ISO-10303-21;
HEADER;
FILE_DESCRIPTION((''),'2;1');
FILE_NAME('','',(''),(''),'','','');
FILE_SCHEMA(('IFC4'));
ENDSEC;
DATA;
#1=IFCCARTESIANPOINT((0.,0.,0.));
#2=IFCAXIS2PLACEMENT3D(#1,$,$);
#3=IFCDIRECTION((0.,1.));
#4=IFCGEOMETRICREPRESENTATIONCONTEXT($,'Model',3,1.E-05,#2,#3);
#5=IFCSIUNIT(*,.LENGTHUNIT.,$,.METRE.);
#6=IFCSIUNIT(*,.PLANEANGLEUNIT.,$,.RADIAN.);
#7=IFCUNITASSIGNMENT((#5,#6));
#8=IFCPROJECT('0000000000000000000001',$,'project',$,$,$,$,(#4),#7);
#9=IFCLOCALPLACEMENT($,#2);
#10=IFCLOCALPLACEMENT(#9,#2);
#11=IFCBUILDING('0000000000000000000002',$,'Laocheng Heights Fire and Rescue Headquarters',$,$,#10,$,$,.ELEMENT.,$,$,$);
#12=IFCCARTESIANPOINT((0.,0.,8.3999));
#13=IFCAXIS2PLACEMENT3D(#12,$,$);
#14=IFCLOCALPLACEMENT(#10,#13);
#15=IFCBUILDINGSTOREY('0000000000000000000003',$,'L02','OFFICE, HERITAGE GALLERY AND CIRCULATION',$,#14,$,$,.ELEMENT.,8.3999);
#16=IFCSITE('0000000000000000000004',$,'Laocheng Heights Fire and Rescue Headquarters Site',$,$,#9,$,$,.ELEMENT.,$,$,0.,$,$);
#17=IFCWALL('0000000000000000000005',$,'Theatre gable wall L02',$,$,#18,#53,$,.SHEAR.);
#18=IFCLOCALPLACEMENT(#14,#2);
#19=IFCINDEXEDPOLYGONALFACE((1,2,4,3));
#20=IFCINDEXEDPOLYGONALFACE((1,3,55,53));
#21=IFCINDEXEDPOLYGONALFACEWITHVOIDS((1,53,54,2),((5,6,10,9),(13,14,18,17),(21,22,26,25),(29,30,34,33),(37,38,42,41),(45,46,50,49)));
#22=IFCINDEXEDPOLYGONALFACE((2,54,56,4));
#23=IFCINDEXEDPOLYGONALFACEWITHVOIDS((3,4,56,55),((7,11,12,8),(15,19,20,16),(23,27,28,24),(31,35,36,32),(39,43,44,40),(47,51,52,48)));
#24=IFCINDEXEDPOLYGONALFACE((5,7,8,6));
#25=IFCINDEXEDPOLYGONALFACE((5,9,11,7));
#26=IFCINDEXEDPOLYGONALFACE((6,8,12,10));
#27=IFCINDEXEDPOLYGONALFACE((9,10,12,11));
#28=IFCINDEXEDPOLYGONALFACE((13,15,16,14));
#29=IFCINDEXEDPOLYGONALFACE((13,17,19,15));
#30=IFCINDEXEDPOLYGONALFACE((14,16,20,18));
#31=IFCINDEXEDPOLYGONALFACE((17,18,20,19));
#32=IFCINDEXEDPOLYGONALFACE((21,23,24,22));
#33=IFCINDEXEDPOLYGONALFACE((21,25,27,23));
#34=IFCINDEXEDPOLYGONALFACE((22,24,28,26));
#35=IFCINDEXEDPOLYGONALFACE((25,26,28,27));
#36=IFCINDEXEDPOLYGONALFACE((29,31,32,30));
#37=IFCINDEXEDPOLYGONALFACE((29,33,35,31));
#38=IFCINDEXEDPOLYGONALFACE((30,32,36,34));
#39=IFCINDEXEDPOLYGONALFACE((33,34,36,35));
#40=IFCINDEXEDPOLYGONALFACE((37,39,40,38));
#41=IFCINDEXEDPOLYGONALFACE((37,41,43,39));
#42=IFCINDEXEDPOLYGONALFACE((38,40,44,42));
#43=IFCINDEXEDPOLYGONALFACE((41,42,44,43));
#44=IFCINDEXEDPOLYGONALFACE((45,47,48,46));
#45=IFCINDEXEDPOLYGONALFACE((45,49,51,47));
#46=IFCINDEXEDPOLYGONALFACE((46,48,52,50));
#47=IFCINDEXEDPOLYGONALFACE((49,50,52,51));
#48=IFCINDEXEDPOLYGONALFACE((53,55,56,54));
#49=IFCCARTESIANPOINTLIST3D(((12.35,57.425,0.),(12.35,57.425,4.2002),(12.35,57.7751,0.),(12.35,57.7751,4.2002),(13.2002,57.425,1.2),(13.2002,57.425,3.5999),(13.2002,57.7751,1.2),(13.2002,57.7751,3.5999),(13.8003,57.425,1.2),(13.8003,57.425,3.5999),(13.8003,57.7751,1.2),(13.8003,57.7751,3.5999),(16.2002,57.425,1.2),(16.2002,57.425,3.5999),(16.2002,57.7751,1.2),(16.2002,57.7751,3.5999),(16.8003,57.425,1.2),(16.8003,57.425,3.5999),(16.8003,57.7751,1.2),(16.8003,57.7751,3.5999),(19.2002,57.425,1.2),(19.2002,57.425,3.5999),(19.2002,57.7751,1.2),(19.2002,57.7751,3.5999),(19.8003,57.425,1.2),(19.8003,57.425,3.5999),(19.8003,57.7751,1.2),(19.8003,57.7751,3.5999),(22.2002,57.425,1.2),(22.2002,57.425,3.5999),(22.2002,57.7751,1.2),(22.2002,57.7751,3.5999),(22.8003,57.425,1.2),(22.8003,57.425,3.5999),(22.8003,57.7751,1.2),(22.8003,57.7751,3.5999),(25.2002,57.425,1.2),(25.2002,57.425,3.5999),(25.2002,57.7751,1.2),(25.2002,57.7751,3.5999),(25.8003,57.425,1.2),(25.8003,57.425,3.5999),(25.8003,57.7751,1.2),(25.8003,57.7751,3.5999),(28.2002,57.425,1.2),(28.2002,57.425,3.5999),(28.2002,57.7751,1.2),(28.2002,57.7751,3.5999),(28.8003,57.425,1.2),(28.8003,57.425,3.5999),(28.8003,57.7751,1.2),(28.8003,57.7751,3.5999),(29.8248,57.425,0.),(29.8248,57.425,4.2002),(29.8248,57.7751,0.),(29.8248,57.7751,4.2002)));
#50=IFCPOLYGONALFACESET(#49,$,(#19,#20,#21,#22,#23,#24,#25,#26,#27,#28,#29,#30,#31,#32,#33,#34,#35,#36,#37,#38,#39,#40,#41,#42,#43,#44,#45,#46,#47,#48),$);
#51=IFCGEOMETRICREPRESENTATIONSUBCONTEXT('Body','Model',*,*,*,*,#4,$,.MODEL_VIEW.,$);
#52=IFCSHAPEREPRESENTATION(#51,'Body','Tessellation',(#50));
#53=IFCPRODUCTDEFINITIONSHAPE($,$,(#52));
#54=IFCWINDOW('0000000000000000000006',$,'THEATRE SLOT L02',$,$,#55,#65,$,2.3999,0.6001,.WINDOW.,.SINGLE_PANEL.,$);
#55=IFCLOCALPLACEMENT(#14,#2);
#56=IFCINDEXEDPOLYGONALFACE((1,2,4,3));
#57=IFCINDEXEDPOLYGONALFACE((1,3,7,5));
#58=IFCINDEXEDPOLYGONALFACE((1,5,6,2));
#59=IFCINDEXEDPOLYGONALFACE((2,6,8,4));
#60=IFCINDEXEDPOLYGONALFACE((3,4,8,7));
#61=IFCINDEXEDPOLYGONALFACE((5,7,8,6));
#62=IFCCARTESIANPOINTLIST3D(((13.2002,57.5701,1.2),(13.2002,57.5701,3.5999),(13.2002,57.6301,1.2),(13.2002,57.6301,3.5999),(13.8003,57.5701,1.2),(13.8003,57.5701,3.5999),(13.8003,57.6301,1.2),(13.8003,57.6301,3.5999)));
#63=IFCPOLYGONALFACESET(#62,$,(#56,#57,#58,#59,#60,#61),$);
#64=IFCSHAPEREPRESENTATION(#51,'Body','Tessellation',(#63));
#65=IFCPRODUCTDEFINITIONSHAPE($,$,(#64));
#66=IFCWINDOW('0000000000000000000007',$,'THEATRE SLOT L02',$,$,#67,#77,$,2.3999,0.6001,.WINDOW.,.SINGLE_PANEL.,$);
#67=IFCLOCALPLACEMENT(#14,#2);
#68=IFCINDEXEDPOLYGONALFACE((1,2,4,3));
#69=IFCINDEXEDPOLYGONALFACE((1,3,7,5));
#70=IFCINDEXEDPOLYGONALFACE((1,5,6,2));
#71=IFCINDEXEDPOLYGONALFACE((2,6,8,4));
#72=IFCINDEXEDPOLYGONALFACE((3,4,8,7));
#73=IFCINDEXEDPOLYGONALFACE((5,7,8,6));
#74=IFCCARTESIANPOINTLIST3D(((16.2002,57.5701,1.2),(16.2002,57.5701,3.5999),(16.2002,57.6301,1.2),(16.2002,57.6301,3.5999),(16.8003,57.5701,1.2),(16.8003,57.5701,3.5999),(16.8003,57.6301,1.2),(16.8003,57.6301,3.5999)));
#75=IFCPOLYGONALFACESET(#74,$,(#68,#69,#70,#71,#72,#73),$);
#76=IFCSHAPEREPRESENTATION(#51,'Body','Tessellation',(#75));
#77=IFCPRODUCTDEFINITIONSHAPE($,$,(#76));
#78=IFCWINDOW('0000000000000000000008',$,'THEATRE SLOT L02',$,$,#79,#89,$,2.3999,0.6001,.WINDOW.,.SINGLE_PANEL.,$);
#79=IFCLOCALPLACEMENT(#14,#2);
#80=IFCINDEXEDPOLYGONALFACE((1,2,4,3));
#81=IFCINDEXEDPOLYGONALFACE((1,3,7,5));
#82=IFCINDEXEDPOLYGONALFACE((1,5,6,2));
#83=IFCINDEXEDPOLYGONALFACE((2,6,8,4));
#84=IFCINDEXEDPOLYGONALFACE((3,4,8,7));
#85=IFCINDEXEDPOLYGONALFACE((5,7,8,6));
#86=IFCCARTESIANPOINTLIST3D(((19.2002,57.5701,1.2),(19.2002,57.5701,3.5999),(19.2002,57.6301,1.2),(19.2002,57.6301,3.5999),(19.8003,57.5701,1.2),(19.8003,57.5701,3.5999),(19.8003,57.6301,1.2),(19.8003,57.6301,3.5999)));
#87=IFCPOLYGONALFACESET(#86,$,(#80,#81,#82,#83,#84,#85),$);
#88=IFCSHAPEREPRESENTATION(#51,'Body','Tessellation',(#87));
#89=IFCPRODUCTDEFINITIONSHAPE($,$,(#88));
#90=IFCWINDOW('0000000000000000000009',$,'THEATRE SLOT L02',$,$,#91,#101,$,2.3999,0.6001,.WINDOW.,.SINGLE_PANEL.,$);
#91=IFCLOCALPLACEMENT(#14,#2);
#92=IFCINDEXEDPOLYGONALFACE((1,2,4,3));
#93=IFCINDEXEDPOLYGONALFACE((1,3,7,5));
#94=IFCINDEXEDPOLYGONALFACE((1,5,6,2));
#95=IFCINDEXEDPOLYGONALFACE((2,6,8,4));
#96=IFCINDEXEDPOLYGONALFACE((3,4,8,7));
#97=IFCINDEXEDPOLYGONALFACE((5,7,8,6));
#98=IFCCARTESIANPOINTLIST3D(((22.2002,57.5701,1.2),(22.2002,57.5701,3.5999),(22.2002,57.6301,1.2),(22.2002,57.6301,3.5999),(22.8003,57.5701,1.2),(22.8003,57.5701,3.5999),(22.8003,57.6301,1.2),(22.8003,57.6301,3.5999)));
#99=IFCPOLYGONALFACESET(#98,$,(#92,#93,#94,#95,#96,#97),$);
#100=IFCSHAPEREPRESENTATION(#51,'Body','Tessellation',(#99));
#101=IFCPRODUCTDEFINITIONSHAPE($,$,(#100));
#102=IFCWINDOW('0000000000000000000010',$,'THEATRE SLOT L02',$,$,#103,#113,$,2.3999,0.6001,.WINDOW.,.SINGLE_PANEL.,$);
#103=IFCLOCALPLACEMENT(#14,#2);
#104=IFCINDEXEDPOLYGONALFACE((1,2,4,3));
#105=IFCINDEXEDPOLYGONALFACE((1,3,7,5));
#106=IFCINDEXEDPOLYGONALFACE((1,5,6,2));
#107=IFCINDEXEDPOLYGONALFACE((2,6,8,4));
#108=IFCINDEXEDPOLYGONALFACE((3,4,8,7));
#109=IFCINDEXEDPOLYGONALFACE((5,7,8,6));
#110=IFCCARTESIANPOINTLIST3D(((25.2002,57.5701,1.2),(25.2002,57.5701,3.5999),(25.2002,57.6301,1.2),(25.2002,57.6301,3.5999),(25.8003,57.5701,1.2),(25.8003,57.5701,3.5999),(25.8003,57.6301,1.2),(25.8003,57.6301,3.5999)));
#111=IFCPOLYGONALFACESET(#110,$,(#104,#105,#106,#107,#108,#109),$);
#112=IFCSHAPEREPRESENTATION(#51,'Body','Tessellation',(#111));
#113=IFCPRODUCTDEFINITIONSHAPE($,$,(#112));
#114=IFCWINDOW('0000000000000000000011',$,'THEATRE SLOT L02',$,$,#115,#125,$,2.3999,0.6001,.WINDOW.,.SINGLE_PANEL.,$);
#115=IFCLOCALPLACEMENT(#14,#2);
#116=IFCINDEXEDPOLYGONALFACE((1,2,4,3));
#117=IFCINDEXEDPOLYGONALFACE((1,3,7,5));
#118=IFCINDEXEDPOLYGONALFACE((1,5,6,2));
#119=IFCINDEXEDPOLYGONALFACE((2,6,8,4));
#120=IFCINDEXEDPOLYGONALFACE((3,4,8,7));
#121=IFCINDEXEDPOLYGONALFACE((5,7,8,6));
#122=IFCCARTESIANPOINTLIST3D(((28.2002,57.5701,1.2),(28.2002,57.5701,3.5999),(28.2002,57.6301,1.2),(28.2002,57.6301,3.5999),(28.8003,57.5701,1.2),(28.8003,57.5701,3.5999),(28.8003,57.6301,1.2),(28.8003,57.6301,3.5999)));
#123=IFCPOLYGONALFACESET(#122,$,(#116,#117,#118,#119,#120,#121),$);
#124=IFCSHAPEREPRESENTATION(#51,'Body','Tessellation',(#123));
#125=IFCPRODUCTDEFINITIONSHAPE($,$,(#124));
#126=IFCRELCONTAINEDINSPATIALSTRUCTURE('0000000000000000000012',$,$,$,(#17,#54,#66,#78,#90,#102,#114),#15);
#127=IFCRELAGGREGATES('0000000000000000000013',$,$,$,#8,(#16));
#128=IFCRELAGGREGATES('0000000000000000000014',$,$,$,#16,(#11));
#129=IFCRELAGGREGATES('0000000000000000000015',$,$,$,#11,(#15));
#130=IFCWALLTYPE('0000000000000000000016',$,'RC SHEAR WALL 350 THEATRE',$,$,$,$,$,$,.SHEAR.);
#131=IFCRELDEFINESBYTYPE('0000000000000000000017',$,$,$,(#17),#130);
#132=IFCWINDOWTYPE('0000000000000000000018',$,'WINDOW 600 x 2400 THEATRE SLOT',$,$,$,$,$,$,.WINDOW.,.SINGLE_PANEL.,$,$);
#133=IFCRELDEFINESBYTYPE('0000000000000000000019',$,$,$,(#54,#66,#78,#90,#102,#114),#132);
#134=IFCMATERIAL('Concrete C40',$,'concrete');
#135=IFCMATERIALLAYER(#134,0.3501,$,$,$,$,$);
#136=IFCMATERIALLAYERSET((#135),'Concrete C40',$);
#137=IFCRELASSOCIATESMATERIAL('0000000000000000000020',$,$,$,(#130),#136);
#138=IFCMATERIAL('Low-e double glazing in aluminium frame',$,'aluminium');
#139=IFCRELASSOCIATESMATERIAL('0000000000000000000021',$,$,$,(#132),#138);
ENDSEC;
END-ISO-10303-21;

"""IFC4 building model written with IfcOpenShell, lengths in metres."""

from ifc_helpers import new_model, si_unit, direction, frame, frame_2d, origin, place, context, subcontext, project, spatial, rectangle, extrude, material, layer, layer_set, type_object, element, fill, save


model = new_model("IFC4")

# Units and contexts
model_context = context("Model", 3, precision=1e-05, world=origin(), true_north=direction((0.0, 1.0)))
body_context = subcontext(model_context, "Body", "Model", "MODEL_VIEW")
ifc_project = project(units=[si_unit("LENGTHUNIT", "METRE"), si_unit("PLANEANGLEUNIT", "RADIAN")], contexts=[model_context])

# Site, building, storey
site_placement = place(None, origin())
site = spatial("IfcSite", under=ifc_project, at=site_placement, Name="Laocheng Heights Fire and Rescue Headquarters Site", CompositionType="ELEMENT", RefElevation=0.0)
building_placement = place(site_placement, origin())
building = spatial("IfcBuilding", under=site, at=building_placement, Name="Laocheng Heights Fire and Rescue Headquarters", CompositionType="ELEMENT")
storey_placement = place(building_placement, frame((0.0, 0.0, 8.3999)))
storey = spatial("IfcBuildingStorey", under=building, at=storey_placement, Name="L02", Description="OFFICE, HERITAGE GALLERY AND CIRCULATION", CompositionType="ELEMENT", Elevation=8.3999)

# Shared definitions
ifc_material_1 = material(Name="Concrete C40", Category="concrete")
ifc_layer_1 = layer(ifc_material_1, 0.3501)
ifc_layer_set_1 = layer_set([ifc_layer_1], Name="Concrete C40")
wall_type_1 = type_object("IfcWallType", Name="RC SHEAR WALL 350 THEATRE", PredefinedType="SHEAR", material=ifc_layer_set_1)

# Wall, openings, windows
wall_1_placement = place(storey_placement, frame((12.3501, 57.6001, 0.0), z_axis=(0.0, 0.0, 1.0), x_axis=(1.0, 0.0, 0.0)))
wall_1 = element("IfcWall", 1, at=wall_1_placement, inside=storey, type_object=wall_type_1, Name="Theatre gable wall L02", PredefinedType="SHEAR", context=body_context, shape_type="SweptSolid", body=[
    extrude(rectangle(XDim=17.4749, YDim=0.3501, at=frame_2d((8.7373, 0.0))), origin(), (0.0, 0.0, 1.0), 4.2002),
])
opening_1_placement = place(wall_1_placement, frame((0.8501, 0.0, 1.2)))
opening_1 = element("IfcOpeningElement", 2, at=opening_1_placement, cuts=wall_1, PredefinedType="OPENING", context=body_context, shape_type="SweptSolid", body=[
    extrude(rectangle(XDim=0.6001, YDim=2.3999, at=frame_2d((0.3, 1.2))), frame((0.0, 0.1851, 0.0), z_axis=(0.0, -1.0, 0.0), x_axis=(1.0, 0.0, 0.0)), (0.0, 0.0, 1.0), 0.3701),
])
opening_2_placement = place(wall_1_placement, frame((3.8501, 0.0, 1.2)))
opening_2 = element("IfcOpeningElement", 3, at=opening_2_placement, cuts=wall_1, PredefinedType="OPENING", context=body_context, shape_type="SweptSolid", body=[
    extrude(rectangle(XDim=0.6001, YDim=2.3999, at=frame_2d((0.3, 1.2))), frame((0.0, 0.1851, 0.0), z_axis=(0.0, -1.0, 0.0), x_axis=(1.0, 0.0, 0.0)), (0.0, 0.0, 1.0), 0.3701),
])
opening_3_placement = place(wall_1_placement, frame((6.8501, 0.0, 1.2)))
opening_3 = element("IfcOpeningElement", 4, at=opening_3_placement, cuts=wall_1, PredefinedType="OPENING", context=body_context, shape_type="SweptSolid", body=[
    extrude(rectangle(XDim=0.6001, YDim=2.3999, at=frame_2d((0.3, 1.2))), frame((0.0, 0.1851, 0.0), z_axis=(0.0, -1.0, 0.0), x_axis=(1.0, 0.0, 0.0)), (0.0, 0.0, 1.0), 0.3701),
])
opening_4_placement = place(wall_1_placement, frame((9.8501, 0.0, 1.2)))
opening_4 = element("IfcOpeningElement", 5, at=opening_4_placement, cuts=wall_1, PredefinedType="OPENING", context=body_context, shape_type="SweptSolid", body=[
    extrude(rectangle(XDim=0.6001, YDim=2.3999, at=frame_2d((0.3, 1.2))), frame((0.0, 0.1851, 0.0), z_axis=(0.0, -1.0, 0.0), x_axis=(1.0, 0.0, 0.0)), (0.0, 0.0, 1.0), 0.3701),
])
opening_5_placement = place(wall_1_placement, frame((12.8501, 0.0, 1.2)))
opening_5 = element("IfcOpeningElement", 6, at=opening_5_placement, cuts=wall_1, PredefinedType="OPENING", context=body_context, shape_type="SweptSolid", body=[
    extrude(rectangle(XDim=0.6001, YDim=2.3999, at=frame_2d((0.3, 1.2))), frame((0.0, 0.1851, 0.0), z_axis=(0.0, -1.0, 0.0), x_axis=(1.0, 0.0, 0.0)), (0.0, 0.0, 1.0), 0.3701),
])
opening_6_placement = place(wall_1_placement, frame((15.8501, 0.0, 1.2)))
opening_6 = element("IfcOpeningElement", 7, at=opening_6_placement, cuts=wall_1, PredefinedType="OPENING", context=body_context, shape_type="SweptSolid", body=[
    extrude(rectangle(XDim=0.6001, YDim=2.3999, at=frame_2d((0.3, 1.2))), frame((0.0, 0.1851, 0.0), z_axis=(0.0, -1.0, 0.0), x_axis=(1.0, 0.0, 0.0)), (0.0, 0.0, 1.0), 0.3701),
])
ifc_material_2 = material(Name="Low-e double glazing in aluminium frame", Category="aluminium")
window_type_1 = type_object("IfcWindowType", Name="WINDOW 600 x 2400 THEATRE SLOT", PartitioningType="SINGLE_PANEL", PredefinedType="WINDOW", material=ifc_material_2)
window_1_placement = place(opening_1_placement, origin())
window_1 = element("IfcWindow", 8, at=window_1_placement, inside=storey, type_object=window_type_1, Name="THEATRE SLOT L02", OverallHeight=2.3999, OverallWidth=0.6001, PartitioningType="SINGLE_PANEL", PredefinedType="WINDOW", context=body_context, shape_type="SweptSolid", body=[
    extrude(rectangle(XDim=0.6001, YDim=2.3999, at=frame_2d((0.3, 1.2))), frame((0.0, 0.03, 0.0), z_axis=(0.0, -1.0, 0.0), x_axis=(1.0, 0.0, 0.0)), (0.0, 0.0, 1.0), 0.0601),
])
fill(opening_1, window_1)
window_2_placement = place(opening_2_placement, origin())
window_2 = element("IfcWindow", 9, at=window_2_placement, inside=storey, type_object=window_type_1, Name="THEATRE SLOT L02", OverallHeight=2.3999, OverallWidth=0.6001, PartitioningType="SINGLE_PANEL", PredefinedType="WINDOW", context=body_context, shape_type="SweptSolid", body=[
    extrude(rectangle(XDim=0.6001, YDim=2.3999, at=frame_2d((0.3, 1.2))), frame((0.0, 0.03, 0.0), z_axis=(0.0, -1.0, 0.0), x_axis=(1.0, 0.0, 0.0)), (0.0, 0.0, 1.0), 0.0601),
])
fill(opening_2, window_2)
window_3_placement = place(opening_3_placement, origin())
window_3 = element("IfcWindow", 10, at=window_3_placement, inside=storey, type_object=window_type_1, Name="THEATRE SLOT L02", OverallHeight=2.3999, OverallWidth=0.6001, PartitioningType="SINGLE_PANEL", PredefinedType="WINDOW", context=body_context, shape_type="SweptSolid", body=[
    extrude(rectangle(XDim=0.6001, YDim=2.3999, at=frame_2d((0.3, 1.2))), frame((0.0, 0.03, 0.0), z_axis=(0.0, -1.0, 0.0), x_axis=(1.0, 0.0, 0.0)), (0.0, 0.0, 1.0), 0.0601),
])
fill(opening_3, window_3)
window_4_placement = place(opening_4_placement, origin())
window_4 = element("IfcWindow", 11, at=window_4_placement, inside=storey, type_object=window_type_1, Name="THEATRE SLOT L02", OverallHeight=2.3999, OverallWidth=0.6001, PartitioningType="SINGLE_PANEL", PredefinedType="WINDOW", context=body_context, shape_type="SweptSolid", body=[
    extrude(rectangle(XDim=0.6001, YDim=2.3999, at=frame_2d((0.3, 1.2))), frame((0.0, 0.03, 0.0), z_axis=(0.0, -1.0, 0.0), x_axis=(1.0, 0.0, 0.0)), (0.0, 0.0, 1.0), 0.0601),
])
fill(opening_4, window_4)
window_5_placement = place(opening_5_placement, origin())
window_5 = element("IfcWindow", 12, at=window_5_placement, inside=storey, type_object=window_type_1, Name="THEATRE SLOT L02", OverallHeight=2.3999, OverallWidth=0.6001, PartitioningType="SINGLE_PANEL", PredefinedType="WINDOW", context=body_context, shape_type="SweptSolid", body=[
    extrude(rectangle(XDim=0.6001, YDim=2.3999, at=frame_2d((0.3, 1.2))), frame((0.0, 0.03, 0.0), z_axis=(0.0, -1.0, 0.0), x_axis=(1.0, 0.0, 0.0)), (0.0, 0.0, 1.0), 0.0601),
])
fill(opening_5, window_5)
window_6_placement = place(opening_6_placement, origin())
window_6 = element("IfcWindow", 13, at=window_6_placement, inside=storey, type_object=window_type_1, Name="THEATRE SLOT L02", OverallHeight=2.3999, OverallWidth=0.6001, PartitioningType="SINGLE_PANEL", PredefinedType="WINDOW", context=body_context, shape_type="SweptSolid", body=[
    extrude(rectangle(XDim=0.6001, YDim=2.3999, at=frame_2d((0.3, 1.2))), frame((0.0, 0.03, 0.0), z_axis=(0.0, -1.0, 0.0), x_axis=(1.0, 0.0, 0.0)), (0.0, 0.0, 1.0), 0.0601),
])
fill(opening_6, window_6)

save(model, "model.ifc")
